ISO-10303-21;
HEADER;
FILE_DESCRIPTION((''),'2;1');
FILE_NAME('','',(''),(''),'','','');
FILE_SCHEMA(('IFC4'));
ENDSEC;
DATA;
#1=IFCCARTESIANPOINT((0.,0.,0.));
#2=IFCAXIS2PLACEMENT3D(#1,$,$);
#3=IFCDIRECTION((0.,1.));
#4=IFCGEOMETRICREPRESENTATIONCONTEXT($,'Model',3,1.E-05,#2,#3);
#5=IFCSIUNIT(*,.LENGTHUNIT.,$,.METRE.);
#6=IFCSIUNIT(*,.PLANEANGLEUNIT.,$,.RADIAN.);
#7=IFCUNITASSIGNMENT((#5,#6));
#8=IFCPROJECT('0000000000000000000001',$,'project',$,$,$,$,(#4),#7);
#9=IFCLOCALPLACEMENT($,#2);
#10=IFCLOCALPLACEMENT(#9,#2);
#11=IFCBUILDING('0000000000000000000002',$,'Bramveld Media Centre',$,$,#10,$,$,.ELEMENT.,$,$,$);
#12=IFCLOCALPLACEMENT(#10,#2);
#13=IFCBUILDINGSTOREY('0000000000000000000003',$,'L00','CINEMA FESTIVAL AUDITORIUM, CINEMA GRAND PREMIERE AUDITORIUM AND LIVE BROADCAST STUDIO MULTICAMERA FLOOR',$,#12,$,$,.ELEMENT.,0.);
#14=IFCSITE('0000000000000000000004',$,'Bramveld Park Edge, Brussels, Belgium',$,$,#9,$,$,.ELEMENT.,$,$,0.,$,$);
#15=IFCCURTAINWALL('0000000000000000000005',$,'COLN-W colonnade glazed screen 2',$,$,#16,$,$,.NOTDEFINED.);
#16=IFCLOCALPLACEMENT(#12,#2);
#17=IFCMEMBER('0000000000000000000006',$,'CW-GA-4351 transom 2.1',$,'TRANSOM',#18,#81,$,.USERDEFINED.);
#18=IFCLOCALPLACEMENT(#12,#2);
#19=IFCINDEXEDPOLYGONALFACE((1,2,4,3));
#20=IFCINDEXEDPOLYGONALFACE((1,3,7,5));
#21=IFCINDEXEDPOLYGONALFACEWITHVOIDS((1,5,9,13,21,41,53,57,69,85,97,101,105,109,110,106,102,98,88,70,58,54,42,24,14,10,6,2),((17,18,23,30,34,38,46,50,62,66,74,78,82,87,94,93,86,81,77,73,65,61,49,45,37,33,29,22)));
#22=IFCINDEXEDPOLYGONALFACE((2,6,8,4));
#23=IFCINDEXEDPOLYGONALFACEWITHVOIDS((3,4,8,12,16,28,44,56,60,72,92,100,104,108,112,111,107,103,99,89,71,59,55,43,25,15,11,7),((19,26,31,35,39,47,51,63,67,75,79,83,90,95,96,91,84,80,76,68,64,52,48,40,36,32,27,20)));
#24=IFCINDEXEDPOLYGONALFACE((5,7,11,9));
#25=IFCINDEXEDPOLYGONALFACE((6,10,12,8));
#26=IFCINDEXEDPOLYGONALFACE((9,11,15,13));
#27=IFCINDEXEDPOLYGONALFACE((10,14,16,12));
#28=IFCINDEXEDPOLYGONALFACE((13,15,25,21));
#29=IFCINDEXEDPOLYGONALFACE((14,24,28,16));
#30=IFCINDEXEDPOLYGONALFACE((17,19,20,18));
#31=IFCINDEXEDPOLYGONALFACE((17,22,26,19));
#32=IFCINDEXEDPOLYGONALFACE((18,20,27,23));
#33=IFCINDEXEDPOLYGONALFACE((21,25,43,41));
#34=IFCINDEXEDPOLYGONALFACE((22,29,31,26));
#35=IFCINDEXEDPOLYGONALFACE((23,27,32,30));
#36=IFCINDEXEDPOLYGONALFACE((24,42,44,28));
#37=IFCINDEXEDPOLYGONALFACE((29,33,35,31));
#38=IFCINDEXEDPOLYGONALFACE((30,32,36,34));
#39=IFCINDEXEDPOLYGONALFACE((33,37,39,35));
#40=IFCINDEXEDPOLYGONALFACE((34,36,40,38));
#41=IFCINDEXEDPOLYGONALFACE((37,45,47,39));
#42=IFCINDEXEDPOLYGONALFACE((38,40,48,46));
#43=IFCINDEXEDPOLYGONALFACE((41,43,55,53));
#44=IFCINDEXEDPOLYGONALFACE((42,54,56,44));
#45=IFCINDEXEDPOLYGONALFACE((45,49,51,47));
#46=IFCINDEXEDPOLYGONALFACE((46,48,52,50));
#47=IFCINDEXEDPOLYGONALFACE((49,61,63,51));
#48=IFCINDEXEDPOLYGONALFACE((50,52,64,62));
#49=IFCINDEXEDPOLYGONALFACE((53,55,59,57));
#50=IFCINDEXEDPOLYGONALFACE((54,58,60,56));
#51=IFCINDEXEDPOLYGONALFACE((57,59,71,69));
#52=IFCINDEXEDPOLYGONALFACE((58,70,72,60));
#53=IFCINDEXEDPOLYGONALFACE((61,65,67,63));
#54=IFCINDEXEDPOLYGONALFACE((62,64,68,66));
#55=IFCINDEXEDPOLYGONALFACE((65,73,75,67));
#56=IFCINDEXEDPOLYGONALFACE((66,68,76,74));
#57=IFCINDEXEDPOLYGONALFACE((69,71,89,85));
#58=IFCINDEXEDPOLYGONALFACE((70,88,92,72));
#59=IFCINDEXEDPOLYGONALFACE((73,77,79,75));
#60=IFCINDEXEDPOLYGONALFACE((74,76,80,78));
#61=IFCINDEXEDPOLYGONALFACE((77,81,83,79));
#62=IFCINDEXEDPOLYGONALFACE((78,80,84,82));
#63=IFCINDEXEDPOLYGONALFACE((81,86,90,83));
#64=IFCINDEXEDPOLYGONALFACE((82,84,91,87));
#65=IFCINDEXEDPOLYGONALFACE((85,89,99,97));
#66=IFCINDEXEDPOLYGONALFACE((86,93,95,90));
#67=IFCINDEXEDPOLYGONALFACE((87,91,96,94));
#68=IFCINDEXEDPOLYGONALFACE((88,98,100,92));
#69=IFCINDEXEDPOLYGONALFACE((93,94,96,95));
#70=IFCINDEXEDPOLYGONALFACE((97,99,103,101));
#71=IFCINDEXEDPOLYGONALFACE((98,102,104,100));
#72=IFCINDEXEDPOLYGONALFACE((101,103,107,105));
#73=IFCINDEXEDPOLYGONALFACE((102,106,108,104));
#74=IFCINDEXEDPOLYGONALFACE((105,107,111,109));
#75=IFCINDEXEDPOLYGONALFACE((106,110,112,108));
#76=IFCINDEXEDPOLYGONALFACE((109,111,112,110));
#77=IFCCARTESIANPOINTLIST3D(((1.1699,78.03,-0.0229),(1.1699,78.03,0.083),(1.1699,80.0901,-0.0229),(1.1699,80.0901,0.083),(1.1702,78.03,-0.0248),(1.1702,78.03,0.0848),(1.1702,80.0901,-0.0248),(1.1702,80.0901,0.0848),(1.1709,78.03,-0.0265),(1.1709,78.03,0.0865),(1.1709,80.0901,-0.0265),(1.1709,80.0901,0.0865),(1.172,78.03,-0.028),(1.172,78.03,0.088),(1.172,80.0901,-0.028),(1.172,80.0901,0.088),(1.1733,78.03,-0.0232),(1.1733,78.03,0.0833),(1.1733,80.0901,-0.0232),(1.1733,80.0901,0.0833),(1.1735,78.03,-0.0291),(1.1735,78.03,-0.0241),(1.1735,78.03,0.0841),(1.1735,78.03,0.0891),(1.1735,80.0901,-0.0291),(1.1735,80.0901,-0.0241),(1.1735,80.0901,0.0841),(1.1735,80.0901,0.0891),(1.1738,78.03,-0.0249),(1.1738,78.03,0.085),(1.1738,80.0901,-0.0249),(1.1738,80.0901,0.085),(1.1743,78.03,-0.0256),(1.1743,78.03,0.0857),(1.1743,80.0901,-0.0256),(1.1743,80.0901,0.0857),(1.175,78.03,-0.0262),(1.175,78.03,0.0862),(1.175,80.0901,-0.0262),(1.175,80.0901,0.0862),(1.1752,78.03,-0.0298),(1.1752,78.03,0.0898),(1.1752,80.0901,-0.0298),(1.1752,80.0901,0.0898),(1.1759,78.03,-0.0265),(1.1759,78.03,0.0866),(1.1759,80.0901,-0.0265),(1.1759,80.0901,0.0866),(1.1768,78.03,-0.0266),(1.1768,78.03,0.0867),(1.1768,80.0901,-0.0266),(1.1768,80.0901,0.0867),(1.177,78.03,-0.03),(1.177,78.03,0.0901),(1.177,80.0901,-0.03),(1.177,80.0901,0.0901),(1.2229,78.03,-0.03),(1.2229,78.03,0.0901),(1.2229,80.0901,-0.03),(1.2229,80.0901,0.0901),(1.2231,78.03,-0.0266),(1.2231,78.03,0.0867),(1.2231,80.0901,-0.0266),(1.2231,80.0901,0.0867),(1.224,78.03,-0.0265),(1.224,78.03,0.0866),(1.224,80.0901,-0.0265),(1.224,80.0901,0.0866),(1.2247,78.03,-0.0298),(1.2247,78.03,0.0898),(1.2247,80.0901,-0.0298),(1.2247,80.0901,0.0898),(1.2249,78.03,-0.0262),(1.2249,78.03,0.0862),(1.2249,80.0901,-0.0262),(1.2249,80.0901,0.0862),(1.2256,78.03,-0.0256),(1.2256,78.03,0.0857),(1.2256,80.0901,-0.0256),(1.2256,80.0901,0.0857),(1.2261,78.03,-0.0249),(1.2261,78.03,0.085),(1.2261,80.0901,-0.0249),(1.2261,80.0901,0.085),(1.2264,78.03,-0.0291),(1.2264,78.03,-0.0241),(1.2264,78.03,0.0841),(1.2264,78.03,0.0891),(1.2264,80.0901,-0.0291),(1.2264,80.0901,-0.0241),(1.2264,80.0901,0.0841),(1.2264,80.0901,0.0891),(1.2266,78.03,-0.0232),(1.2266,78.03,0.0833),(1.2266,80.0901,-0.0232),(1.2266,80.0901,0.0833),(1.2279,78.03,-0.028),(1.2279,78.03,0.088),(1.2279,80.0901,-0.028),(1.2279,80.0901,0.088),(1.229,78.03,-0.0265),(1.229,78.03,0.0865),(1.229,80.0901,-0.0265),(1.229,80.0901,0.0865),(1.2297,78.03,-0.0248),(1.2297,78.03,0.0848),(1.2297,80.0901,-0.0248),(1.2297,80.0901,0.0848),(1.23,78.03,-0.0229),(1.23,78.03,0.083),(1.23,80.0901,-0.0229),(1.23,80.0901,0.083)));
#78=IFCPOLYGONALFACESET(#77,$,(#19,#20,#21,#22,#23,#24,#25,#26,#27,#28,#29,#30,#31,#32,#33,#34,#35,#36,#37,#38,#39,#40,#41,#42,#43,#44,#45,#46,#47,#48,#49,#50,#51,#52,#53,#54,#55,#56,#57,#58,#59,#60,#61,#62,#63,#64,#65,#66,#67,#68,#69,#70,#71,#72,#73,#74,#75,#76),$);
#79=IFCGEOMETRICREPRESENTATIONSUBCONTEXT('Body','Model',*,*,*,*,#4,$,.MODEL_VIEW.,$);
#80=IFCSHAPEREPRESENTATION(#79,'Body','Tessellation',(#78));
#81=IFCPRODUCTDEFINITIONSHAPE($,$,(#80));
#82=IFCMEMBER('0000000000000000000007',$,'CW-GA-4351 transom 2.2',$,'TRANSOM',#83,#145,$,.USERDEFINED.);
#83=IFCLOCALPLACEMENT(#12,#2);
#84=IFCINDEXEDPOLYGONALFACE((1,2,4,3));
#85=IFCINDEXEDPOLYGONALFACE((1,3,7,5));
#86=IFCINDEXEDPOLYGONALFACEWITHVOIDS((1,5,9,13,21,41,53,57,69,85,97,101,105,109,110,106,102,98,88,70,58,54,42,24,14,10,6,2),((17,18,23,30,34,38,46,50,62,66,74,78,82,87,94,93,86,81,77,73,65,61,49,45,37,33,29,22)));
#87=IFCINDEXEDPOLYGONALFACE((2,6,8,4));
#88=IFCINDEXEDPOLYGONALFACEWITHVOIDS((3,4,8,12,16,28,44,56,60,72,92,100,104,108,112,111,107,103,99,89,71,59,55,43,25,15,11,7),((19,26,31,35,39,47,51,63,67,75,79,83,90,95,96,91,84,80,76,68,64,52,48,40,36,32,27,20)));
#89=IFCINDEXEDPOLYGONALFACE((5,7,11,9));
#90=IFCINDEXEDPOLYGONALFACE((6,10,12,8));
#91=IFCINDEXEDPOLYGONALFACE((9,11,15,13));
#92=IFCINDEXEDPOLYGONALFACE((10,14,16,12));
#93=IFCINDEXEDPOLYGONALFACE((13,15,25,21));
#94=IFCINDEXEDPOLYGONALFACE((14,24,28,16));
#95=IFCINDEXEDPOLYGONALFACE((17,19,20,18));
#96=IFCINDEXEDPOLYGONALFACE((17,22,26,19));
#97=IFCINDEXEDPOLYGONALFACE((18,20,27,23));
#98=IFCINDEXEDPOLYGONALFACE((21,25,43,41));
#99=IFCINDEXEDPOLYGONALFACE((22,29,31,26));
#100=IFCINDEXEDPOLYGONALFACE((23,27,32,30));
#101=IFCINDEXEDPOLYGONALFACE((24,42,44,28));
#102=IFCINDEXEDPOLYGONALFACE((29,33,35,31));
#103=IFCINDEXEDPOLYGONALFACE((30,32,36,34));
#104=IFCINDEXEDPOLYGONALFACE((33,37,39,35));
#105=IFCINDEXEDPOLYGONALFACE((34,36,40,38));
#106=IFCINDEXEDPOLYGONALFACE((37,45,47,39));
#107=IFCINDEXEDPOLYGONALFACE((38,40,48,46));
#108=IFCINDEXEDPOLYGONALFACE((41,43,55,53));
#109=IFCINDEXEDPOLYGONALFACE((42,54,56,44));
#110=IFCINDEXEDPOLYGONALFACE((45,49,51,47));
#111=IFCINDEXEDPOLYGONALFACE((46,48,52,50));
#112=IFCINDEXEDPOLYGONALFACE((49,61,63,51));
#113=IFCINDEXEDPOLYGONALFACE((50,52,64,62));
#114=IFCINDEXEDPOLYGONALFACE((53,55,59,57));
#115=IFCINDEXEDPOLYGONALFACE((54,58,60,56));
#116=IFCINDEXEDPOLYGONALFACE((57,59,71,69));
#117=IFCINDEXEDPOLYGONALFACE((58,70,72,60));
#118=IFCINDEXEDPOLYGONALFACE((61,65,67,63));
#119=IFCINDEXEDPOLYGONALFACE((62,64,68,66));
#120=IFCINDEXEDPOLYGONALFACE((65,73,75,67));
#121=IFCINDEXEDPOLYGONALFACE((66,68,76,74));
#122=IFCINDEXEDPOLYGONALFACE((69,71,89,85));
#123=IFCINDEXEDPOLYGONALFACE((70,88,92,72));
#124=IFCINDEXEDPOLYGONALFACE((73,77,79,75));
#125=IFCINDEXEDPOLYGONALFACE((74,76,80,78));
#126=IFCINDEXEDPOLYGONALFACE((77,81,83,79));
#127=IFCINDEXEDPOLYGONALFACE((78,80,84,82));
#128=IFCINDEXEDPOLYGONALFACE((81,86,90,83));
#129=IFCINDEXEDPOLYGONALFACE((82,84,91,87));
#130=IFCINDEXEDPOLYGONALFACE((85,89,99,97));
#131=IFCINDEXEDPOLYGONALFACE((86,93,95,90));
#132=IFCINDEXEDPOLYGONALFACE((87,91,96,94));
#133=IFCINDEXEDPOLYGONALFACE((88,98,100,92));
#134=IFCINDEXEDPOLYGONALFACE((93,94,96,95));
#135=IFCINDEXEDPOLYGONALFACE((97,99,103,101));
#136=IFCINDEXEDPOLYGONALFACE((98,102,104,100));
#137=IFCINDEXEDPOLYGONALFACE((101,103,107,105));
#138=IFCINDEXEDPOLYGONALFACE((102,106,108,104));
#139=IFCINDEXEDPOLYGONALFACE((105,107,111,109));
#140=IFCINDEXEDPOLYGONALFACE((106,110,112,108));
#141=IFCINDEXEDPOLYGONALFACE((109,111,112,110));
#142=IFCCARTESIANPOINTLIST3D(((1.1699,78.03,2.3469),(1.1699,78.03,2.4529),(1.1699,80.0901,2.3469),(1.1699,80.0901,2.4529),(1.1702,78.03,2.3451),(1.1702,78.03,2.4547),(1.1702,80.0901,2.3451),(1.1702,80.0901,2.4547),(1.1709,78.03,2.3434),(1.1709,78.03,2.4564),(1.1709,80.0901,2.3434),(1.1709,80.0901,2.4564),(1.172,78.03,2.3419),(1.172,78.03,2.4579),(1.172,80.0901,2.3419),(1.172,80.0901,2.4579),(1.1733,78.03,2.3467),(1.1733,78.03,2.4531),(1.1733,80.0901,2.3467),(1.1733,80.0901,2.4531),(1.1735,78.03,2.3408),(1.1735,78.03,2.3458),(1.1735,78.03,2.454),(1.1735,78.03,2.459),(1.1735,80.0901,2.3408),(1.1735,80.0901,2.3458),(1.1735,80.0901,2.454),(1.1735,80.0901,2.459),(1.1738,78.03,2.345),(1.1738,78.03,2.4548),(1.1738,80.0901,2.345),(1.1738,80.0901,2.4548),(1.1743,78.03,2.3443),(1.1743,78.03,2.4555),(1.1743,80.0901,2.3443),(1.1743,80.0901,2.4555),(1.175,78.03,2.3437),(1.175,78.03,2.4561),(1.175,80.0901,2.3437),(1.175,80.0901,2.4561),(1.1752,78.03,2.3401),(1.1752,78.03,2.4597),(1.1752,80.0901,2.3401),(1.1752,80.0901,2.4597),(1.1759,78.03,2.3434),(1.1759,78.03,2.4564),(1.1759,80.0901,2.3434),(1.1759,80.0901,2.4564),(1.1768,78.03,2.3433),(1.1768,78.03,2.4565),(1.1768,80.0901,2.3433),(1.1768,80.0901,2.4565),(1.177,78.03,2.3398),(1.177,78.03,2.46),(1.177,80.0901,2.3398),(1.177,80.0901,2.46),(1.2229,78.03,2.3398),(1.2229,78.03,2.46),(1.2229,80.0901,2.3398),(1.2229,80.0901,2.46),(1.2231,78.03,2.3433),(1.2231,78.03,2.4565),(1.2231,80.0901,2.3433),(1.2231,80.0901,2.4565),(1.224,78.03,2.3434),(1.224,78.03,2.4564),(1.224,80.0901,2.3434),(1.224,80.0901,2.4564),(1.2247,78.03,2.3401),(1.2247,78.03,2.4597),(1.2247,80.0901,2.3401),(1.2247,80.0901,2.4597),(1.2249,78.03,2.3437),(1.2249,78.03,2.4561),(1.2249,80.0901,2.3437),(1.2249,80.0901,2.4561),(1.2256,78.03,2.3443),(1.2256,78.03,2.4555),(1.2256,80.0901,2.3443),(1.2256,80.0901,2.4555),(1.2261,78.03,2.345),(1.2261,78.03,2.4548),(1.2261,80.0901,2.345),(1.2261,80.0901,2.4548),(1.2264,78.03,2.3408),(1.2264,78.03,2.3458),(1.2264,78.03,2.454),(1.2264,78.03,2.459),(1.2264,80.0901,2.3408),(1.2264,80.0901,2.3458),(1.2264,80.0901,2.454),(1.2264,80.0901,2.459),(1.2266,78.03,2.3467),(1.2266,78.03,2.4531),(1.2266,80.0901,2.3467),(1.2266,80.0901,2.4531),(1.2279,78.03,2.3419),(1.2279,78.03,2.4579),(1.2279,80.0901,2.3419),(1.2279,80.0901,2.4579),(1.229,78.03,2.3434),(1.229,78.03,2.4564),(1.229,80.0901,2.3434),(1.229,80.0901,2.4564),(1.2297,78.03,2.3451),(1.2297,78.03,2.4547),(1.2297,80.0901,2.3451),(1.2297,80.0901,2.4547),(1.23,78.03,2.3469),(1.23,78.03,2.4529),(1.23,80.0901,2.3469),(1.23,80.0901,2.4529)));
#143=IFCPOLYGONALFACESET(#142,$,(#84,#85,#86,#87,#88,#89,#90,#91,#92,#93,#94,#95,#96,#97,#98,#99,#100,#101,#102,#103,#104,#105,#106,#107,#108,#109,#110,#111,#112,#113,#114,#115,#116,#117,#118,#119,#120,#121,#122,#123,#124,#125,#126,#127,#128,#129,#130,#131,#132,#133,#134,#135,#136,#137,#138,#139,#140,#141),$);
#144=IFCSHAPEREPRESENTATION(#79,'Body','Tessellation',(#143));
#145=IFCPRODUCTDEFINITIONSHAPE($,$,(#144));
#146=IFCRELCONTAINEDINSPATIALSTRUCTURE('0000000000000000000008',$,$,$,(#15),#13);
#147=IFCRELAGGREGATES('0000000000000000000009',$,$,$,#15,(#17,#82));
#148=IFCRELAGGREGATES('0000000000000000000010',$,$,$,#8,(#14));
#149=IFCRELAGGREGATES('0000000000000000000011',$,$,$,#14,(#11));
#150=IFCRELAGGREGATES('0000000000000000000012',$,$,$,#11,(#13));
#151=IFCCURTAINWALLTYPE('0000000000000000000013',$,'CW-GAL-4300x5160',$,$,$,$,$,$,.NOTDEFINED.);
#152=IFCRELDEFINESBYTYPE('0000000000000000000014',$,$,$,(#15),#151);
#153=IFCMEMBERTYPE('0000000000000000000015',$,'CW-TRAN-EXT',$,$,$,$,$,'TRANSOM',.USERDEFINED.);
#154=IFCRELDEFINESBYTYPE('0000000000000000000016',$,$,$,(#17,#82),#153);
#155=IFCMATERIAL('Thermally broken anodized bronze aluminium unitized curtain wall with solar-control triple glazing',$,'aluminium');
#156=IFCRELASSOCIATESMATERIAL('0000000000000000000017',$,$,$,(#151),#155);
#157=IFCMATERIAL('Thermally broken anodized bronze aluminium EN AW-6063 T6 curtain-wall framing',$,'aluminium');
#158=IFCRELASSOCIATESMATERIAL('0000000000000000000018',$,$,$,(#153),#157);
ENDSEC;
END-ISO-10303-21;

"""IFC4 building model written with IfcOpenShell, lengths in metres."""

from ifc_helpers import new_model, si_unit, direction, frame, origin, origin_2d, place, context, subcontext, project, spatial, hollow_rectangle, extrude, material, material_profile, profile_set, type_object, element, aggregate, save


model = new_model("IFC4")

# Units and contexts
model_context = context("Model", 3, precision=1e-05, world=origin(), true_north=direction((0.0, 1.0)))
body_context = subcontext(model_context, "Body", "Model", "MODEL_VIEW")
ifc_project = project(units=[si_unit("LENGTHUNIT", "METRE"), si_unit("PLANEANGLEUNIT", "RADIAN")], contexts=[model_context])

# Site, building, storey
site_placement = place(None, origin())
site = spatial("IfcSite", under=ifc_project, at=site_placement, Name="Bramveld Park Edge, Brussels, Belgium", CompositionType="ELEMENT", RefElevation=0.0)
building_placement = place(site_placement, origin())
building = spatial("IfcBuilding", under=site, at=building_placement, Name="Bramveld Media Centre", CompositionType="ELEMENT")
storey_placement = place(building_placement, origin())
storey = spatial("IfcBuildingStorey", under=building, at=storey_placement, Name="L00", Description="CINEMA FESTIVAL AUDITORIUM, CINEMA GRAND PREMIERE AUDITORIUM AND LIVE BROADCAST STUDIO MULTICAMERA FLOOR", CompositionType="ELEMENT", Elevation=0.0)

# Curtain wall
ifc_material_1 = material(Name="Thermally broken anodized bronze aluminium unitized curtain wall with solar-control triple glazing", Category="aluminium")
curtain_wall_type_1 = type_object("IfcCurtainWallType", Name="CW-GAL-4300x5160", PredefinedType="NOTDEFINED", material=ifc_material_1)
curtain_wall_1_placement = place(storey_placement, origin())
curtain_wall_1 = element("IfcCurtainWall", 1, at=curtain_wall_1_placement, inside=storey, type_object=curtain_wall_type_1, Name="COLN-W colonnade glazed screen 2", PredefinedType="NOTDEFINED")

# Members
ifc_material_2 = material(Name="Thermally broken anodized bronze aluminium EN AW-6063 T6 curtain-wall framing", Category="aluminium")
ifc_material_profile_1 = material_profile(ifc_material_2, hollow_rectangle(XDim=0.0601, YDim=0.1201, WallThickness=0.0034, InnerFilletRadius=0.0034, OuterFilletRadius=0.0071, at=origin_2d()), Name="AL-TRAN 60x120")
ifc_profile_set_1 = profile_set([ifc_material_profile_1], Name="Thermally broken anodized bronze aluminium EN AW-6063 T6 curtain-wall framing")
member_type_1 = type_object("IfcMemberType", Name="CW-TRAN-EXT", ElementType="TRANSOM", PredefinedType="USERDEFINED", material=ifc_profile_set_1)
member_1_placement = place(storey_placement, frame((1.2, 78.03, 0.03), z_axis=(0.0, 1.0, 0.0), x_axis=(-1.0, 0.0, 0.0)))
member_1 = element("IfcMember", 2, at=member_1_placement, type_object=member_type_1, Name="CW-GA-4351 transom 2.1", ObjectType="TRANSOM", PredefinedType="USERDEFINED", context=body_context, shape_type="SweptSolid", body=[
    extrude(hollow_rectangle(XDim=0.0601, YDim=0.1201, WallThickness=0.0034, InnerFilletRadius=0.0034, OuterFilletRadius=0.0071, at=origin_2d()), origin(), (0.0, 0.0, 1.0), 2.0601),
])
member_2_placement = place(storey_placement, frame((1.2, 78.03, 2.3999), z_axis=(0.0, 1.0, 0.0), x_axis=(-1.0, 0.0, 0.0)))
member_2 = element("IfcMember", 3, at=member_2_placement, type_object=member_type_1, Name="CW-GA-4351 transom 2.2", ObjectType="TRANSOM", PredefinedType="USERDEFINED", context=body_context, shape_type="SweptSolid", body=[
    extrude(hollow_rectangle(XDim=0.0601, YDim=0.1201, WallThickness=0.0034, InnerFilletRadius=0.0034, OuterFilletRadius=0.0071, at=origin_2d()), origin(), (0.0, 0.0, 1.0), 2.0601),
])

aggregate(curtain_wall_1, [member_1, member_2])

save(model, "model.ifc")
